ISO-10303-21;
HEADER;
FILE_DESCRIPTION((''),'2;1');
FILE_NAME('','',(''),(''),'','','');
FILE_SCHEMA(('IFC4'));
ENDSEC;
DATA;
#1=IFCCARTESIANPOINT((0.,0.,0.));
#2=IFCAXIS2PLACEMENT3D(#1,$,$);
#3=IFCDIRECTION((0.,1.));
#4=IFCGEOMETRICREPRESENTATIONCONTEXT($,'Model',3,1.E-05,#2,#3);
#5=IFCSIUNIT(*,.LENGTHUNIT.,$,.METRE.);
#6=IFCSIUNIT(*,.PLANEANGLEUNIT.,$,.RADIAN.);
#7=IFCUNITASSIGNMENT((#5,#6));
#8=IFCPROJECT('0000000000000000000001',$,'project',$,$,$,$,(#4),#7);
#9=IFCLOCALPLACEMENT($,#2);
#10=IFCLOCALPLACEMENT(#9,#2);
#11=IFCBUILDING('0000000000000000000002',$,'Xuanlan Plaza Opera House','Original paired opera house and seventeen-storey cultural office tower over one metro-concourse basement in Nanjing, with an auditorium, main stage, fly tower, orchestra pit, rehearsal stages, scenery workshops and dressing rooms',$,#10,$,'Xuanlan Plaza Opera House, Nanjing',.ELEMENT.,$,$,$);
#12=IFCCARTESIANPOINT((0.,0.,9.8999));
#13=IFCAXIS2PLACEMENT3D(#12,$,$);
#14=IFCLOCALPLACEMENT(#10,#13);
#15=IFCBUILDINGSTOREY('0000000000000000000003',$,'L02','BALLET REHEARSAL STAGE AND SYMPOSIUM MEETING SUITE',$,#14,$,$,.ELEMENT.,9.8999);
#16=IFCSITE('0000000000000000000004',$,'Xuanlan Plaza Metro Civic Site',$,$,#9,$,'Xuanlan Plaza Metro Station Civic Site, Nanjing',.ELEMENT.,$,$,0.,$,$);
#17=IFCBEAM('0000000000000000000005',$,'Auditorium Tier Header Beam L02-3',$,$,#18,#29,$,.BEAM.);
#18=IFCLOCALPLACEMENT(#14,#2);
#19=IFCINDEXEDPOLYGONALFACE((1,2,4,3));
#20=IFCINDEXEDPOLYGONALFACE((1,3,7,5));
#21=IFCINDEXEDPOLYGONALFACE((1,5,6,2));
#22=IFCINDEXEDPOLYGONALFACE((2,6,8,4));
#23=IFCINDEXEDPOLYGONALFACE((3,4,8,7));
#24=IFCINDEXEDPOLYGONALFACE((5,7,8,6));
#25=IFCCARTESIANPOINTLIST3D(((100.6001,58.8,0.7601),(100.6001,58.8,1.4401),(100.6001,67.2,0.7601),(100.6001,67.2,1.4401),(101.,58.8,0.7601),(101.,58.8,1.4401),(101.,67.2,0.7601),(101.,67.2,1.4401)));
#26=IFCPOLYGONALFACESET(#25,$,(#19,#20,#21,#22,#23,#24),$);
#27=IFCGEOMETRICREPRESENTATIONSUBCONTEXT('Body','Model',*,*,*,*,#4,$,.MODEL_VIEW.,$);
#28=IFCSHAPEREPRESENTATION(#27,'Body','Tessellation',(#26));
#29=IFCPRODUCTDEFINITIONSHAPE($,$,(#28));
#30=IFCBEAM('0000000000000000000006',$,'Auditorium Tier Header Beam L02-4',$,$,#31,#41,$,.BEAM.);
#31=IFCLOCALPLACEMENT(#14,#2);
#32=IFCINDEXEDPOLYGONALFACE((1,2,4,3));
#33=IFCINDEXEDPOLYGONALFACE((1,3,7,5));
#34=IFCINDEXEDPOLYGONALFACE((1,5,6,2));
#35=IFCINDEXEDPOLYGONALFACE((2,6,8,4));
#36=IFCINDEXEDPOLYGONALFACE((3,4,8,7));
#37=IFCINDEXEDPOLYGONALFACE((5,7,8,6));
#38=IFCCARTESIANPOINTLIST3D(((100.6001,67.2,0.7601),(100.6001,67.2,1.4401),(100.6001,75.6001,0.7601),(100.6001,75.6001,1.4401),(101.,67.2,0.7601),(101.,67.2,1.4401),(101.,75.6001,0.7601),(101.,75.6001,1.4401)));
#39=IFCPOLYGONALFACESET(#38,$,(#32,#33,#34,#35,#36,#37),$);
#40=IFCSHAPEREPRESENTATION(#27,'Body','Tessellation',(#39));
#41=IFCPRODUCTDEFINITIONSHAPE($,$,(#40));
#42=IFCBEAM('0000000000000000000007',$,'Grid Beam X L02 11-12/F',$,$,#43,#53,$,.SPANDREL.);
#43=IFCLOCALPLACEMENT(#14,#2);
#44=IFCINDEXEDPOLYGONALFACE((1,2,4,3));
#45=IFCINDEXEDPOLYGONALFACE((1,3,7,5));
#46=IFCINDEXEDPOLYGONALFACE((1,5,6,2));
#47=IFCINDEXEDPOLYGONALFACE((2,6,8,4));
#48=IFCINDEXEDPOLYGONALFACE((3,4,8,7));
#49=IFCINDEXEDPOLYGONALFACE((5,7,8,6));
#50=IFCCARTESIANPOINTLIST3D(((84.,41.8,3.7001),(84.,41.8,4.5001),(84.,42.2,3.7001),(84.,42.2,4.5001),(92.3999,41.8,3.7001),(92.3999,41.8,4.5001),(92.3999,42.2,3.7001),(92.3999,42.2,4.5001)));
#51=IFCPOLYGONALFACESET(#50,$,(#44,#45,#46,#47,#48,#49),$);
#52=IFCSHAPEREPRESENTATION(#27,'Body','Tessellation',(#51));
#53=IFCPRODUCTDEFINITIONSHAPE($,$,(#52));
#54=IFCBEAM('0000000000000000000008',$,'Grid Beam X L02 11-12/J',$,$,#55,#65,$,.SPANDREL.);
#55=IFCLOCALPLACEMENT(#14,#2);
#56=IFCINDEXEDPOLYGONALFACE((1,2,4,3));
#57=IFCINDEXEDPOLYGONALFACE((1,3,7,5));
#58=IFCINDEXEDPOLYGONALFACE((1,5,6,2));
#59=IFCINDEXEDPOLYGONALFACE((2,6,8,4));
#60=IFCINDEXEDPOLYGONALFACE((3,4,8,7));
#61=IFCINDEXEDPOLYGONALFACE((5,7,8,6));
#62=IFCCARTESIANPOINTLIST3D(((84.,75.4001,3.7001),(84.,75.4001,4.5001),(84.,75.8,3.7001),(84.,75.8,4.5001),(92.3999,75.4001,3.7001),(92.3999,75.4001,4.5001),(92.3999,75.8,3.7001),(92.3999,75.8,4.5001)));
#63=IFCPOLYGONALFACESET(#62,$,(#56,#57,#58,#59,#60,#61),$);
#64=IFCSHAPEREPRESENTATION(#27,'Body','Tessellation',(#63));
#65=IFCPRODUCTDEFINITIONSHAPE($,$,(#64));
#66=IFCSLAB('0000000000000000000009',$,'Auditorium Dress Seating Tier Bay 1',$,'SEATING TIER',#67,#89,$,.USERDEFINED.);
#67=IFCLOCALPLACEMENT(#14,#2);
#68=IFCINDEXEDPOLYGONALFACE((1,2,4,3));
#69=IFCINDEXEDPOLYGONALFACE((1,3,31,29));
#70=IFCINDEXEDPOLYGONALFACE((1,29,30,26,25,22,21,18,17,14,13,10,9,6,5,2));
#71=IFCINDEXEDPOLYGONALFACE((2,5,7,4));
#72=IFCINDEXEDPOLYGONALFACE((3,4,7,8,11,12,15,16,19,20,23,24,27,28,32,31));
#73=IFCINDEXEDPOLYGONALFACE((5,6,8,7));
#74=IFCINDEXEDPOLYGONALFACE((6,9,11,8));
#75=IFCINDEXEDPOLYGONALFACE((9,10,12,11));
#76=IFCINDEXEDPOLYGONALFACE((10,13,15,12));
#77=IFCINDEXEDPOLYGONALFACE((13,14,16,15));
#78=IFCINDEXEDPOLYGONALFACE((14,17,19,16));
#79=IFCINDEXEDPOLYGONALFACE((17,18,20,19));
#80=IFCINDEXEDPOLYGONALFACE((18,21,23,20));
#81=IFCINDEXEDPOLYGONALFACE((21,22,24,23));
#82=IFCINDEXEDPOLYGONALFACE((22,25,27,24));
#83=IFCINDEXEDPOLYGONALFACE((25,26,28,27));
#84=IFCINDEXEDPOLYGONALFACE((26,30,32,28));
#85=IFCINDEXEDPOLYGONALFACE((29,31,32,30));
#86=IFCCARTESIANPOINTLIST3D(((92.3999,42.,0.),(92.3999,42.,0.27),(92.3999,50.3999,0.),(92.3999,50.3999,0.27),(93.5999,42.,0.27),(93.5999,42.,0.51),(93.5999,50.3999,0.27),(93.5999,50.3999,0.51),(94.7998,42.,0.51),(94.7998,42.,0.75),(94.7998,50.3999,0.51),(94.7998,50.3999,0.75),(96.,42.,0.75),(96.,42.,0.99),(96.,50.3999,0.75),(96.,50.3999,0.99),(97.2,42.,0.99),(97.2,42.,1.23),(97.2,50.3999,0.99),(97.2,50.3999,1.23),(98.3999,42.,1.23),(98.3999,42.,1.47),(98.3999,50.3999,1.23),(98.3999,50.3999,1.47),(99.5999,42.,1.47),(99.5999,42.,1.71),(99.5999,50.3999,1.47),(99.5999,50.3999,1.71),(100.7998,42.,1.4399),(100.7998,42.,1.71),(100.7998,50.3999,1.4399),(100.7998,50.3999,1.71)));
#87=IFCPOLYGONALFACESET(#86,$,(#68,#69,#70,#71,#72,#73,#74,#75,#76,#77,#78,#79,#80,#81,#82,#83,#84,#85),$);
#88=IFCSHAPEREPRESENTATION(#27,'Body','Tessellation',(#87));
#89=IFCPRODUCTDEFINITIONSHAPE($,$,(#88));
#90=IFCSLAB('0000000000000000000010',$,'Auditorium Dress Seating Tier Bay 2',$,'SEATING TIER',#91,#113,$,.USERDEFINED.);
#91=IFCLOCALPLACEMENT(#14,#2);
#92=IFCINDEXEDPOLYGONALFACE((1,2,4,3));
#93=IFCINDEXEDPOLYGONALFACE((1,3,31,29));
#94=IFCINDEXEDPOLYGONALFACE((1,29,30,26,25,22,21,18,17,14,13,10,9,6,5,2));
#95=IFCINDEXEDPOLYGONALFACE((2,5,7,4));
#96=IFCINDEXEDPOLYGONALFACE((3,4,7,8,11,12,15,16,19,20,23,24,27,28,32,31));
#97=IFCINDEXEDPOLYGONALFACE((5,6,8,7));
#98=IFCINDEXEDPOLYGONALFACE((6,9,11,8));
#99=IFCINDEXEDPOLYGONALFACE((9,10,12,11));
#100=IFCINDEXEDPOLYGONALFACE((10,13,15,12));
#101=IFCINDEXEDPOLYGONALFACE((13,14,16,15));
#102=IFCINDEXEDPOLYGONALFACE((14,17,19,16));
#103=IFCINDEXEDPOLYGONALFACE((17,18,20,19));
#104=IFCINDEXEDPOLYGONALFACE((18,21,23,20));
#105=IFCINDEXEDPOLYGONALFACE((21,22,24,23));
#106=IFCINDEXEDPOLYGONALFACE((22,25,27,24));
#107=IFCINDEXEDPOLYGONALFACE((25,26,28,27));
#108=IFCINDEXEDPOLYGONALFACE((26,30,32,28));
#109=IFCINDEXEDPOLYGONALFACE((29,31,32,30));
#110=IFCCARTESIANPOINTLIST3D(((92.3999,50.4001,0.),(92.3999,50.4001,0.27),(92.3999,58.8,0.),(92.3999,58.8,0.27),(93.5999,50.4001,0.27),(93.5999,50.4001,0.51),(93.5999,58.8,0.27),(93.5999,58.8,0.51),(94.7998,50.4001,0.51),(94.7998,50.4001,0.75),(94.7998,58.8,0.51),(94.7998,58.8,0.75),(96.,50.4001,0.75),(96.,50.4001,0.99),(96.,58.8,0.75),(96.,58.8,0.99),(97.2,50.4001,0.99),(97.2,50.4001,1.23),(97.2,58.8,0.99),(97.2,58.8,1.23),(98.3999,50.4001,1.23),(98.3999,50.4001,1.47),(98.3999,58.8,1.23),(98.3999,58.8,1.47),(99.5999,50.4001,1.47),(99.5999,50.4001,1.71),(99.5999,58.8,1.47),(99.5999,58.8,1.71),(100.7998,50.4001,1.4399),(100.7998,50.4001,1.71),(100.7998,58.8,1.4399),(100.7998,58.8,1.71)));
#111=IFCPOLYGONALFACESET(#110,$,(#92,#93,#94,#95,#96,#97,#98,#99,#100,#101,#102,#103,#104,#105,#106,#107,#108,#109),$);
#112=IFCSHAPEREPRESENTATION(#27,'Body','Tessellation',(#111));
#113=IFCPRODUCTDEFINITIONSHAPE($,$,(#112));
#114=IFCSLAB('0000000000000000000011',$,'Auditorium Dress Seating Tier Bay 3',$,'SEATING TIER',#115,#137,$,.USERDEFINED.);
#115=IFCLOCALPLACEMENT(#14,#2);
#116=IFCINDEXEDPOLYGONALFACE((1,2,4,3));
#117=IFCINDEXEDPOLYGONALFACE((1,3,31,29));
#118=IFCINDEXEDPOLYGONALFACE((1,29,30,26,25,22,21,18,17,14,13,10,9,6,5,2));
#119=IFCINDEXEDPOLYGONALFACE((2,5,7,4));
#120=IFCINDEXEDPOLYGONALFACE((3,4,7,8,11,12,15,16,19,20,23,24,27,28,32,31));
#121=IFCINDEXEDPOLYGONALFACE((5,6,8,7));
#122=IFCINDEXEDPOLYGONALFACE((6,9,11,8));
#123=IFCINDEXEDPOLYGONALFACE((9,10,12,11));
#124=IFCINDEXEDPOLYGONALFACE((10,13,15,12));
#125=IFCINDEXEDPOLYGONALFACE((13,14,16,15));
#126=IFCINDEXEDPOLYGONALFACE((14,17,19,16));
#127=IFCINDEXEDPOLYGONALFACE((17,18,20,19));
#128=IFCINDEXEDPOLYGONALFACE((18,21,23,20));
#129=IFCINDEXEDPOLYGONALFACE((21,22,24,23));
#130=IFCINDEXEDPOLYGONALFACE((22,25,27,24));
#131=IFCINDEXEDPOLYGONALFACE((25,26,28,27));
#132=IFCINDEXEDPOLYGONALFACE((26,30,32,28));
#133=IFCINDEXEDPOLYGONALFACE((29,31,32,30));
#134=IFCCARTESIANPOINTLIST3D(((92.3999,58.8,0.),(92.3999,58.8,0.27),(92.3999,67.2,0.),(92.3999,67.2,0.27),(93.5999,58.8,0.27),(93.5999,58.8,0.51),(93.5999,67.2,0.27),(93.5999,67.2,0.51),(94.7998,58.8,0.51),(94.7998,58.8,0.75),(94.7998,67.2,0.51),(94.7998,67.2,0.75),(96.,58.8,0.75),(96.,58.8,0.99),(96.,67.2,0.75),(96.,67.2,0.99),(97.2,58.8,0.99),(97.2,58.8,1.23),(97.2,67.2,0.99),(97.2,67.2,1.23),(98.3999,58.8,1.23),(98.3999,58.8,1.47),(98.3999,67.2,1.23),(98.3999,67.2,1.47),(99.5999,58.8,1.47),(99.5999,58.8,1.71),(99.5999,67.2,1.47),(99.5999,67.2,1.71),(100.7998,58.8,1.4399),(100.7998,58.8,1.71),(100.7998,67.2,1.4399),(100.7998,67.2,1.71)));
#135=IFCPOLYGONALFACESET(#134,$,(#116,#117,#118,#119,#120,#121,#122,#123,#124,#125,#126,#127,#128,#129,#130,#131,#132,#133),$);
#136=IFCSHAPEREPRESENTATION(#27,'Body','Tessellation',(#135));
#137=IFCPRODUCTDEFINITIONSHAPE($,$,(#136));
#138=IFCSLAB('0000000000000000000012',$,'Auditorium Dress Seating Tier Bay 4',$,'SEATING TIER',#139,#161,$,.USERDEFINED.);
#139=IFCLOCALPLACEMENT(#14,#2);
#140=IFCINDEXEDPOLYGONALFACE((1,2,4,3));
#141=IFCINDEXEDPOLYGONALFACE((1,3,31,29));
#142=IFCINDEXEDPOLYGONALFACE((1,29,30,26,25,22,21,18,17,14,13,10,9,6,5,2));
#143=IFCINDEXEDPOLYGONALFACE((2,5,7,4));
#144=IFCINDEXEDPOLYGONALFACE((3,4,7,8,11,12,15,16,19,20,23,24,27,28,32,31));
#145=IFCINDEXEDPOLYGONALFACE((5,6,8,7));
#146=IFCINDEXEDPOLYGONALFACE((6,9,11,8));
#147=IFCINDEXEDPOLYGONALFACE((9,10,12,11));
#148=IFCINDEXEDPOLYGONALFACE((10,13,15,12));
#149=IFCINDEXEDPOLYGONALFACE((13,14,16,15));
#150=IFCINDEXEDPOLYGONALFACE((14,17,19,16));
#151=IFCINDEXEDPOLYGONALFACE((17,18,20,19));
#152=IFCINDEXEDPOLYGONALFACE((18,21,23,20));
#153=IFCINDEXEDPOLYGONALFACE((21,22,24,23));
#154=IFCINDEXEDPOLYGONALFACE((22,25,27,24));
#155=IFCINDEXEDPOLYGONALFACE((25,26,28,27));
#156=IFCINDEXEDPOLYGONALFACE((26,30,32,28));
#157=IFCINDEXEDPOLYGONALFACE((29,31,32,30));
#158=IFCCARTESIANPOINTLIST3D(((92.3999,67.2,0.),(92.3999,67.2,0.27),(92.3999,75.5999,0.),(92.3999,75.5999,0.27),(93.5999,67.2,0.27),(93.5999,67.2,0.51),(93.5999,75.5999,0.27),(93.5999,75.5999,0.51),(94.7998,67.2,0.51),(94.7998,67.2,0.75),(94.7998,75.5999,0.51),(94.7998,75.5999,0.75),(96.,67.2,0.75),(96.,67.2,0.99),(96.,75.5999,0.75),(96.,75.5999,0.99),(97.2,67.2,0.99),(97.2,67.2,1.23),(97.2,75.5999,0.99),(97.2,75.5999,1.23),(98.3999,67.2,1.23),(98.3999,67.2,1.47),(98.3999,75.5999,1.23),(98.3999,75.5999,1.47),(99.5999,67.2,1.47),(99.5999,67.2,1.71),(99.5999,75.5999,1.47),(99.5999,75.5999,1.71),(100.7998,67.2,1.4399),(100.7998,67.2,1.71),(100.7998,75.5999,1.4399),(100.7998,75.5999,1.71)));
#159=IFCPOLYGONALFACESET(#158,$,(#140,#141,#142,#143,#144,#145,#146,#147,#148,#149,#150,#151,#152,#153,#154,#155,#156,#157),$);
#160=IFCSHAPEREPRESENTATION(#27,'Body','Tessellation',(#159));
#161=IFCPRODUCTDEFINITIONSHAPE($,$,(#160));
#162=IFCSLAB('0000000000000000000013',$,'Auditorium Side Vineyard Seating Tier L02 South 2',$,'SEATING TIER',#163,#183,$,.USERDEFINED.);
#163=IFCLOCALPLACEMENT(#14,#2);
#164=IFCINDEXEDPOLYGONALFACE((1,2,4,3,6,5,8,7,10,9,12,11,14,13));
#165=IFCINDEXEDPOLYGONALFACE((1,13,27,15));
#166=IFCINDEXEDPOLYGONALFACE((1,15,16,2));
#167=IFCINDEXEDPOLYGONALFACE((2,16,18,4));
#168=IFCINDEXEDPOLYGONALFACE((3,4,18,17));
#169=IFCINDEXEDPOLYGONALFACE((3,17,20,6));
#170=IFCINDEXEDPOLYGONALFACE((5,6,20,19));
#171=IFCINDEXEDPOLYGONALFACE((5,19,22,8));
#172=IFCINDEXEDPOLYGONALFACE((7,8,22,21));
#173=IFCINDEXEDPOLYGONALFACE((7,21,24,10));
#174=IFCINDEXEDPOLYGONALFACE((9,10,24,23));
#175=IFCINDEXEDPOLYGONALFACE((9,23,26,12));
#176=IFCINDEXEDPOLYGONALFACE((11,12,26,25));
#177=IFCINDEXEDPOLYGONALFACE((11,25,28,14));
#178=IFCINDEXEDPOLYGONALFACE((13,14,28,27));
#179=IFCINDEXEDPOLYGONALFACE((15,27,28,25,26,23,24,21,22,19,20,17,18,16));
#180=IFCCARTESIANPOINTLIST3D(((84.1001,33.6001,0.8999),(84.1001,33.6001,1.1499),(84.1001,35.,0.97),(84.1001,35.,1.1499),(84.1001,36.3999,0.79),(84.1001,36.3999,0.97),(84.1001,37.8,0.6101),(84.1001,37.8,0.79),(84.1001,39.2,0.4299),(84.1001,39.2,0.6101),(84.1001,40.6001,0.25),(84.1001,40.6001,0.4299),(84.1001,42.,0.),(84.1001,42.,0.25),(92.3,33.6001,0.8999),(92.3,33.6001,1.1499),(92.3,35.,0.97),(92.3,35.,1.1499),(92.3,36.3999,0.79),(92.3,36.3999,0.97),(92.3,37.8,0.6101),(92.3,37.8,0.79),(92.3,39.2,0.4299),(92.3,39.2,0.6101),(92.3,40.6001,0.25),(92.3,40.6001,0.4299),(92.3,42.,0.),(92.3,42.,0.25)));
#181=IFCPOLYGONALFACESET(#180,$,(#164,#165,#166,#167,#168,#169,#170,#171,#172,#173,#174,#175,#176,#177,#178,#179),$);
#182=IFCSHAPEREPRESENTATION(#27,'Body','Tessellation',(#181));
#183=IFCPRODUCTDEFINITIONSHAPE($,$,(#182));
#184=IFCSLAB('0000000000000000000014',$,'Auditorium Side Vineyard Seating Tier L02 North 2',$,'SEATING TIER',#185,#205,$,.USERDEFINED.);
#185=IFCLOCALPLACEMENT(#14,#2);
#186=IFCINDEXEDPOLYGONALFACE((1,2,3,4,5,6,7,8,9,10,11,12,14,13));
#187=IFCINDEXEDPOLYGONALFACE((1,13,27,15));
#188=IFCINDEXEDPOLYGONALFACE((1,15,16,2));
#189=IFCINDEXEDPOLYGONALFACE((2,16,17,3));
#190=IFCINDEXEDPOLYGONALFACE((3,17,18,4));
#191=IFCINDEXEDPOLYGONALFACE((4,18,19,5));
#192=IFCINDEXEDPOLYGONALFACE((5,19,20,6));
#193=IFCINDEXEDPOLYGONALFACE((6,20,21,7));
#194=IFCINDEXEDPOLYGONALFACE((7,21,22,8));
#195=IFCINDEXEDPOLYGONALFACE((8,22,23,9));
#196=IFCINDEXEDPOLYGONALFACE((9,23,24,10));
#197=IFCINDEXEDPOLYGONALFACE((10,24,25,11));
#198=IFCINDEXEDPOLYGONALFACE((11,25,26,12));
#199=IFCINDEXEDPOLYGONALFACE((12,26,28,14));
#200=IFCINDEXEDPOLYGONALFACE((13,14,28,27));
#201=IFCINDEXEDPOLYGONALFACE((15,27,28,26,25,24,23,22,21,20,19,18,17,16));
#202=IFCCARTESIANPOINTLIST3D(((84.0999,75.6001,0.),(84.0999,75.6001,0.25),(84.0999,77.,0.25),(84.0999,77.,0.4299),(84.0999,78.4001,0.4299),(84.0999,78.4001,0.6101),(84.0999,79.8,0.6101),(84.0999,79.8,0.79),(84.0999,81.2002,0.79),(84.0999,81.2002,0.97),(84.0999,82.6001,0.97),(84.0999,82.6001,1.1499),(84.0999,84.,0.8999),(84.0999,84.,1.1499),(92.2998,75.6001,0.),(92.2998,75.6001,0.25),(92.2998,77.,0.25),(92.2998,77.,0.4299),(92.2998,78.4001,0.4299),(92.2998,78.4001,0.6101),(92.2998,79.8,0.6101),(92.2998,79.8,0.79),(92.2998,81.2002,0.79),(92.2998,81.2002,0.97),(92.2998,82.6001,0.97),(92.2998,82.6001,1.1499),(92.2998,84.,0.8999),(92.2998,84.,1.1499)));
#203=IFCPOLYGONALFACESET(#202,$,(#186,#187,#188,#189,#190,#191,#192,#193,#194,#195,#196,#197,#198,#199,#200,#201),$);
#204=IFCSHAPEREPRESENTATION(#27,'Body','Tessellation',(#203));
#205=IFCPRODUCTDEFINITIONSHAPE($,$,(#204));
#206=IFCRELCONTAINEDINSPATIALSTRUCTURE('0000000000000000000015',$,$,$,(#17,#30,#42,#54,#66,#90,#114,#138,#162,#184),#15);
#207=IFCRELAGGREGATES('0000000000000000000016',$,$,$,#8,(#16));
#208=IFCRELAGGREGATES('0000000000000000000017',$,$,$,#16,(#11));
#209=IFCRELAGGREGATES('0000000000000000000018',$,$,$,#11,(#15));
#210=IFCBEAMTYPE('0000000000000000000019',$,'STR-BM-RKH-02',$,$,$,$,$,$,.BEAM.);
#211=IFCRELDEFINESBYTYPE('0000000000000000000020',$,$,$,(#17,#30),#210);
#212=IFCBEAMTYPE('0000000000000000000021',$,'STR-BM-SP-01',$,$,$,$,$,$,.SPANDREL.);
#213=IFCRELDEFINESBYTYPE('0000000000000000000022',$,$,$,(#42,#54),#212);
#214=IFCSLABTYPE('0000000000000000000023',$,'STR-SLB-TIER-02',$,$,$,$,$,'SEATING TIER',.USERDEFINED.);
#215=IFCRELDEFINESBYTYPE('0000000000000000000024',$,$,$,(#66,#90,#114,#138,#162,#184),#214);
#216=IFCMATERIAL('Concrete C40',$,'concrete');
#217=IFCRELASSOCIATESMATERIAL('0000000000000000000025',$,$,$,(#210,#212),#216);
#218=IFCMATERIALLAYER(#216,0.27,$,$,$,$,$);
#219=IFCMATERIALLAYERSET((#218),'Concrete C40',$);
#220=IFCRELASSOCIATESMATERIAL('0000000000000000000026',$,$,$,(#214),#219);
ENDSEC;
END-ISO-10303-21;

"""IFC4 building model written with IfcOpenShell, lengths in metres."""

from ifc_helpers import new_model, si_unit, direction, frame, origin, origin_2d, place, context, subcontext, project, spatial, polyline, rectangle, outline, extrude, material, layer, layer_set, material_profile, profile_set, type_object, element, save


model = new_model("IFC4")

# Units and contexts
model_context = context("Model", 3, precision=1e-05, world=origin(), true_north=direction((0.0, 1.0)))
body_context = subcontext(model_context, "Body", "Model", "MODEL_VIEW")
ifc_project = project(units=[si_unit("LENGTHUNIT", "METRE"), si_unit("PLANEANGLEUNIT", "RADIAN")], contexts=[model_context])

# Site, building, storey
site_placement = place(None, origin())
site = spatial("IfcSite", under=ifc_project, at=site_placement, Name="Xuanlan Plaza Metro Civic Site", LongName="Xuanlan Plaza Metro Station Civic Site, Nanjing", CompositionType="ELEMENT", RefElevation=0.0)
building_placement = place(site_placement, origin())
building = spatial("IfcBuilding", under=site, at=building_placement, Name="Xuanlan Plaza Opera House", Description="Original paired opera house and seventeen-storey cultural office tower over one metro-concourse basement in Nanjing, with an auditorium, main stage, fly tower, orchestra pit, rehearsal stages, scenery workshops and dressing rooms", LongName="Xuanlan Plaza Opera House, Nanjing", CompositionType="ELEMENT")
storey_placement = place(building_placement, frame((0.0, 0.0, 9.8999)))
storey = spatial("IfcBuildingStorey", under=building, at=storey_placement, Name="L02", Description="BALLET REHEARSAL STAGE AND SYMPOSIUM MEETING SUITE", CompositionType="ELEMENT", Elevation=9.8999)

# Beams
ifc_material_1 = material(Name="Concrete C40", Category="concrete")
ifc_material_profile_1 = material_profile(ifc_material_1, rectangle(XDim=0.3999, YDim=0.6799, at=origin_2d()), Name="RC-RKR 400x680")
ifc_profile_set_1 = profile_set([ifc_material_profile_1], Name="Concrete C40")
beam_type_1 = type_object("IfcBeamType", Name="STR-BM-RKH-02", PredefinedType="BEAM", material=ifc_profile_set_1)
beam_1_placement = place(storey_placement, frame((100.8, 58.8, 1.1001), z_axis=(0.0, 1.0, 0.0), x_axis=(-1.0, 0.0, 0.0)))
element("IfcBeam", 1, at=beam_1_placement, inside=storey, type_object=beam_type_1, Name="Auditorium Tier Header Beam L02-3", PredefinedType="BEAM", context=body_context, shape_type="SweptSolid", body=[
    extrude(rectangle(XDim=0.3999, YDim=0.6799, at=origin_2d()), origin(), (0.0, 0.0, 1.0), 8.3999),
])
beam_2_placement = place(storey_placement, frame((100.8, 67.2, 1.1001), z_axis=(0.0, 1.0, 0.0), x_axis=(-1.0, 0.0, 0.0)))
element("IfcBeam", 2, at=beam_2_placement, inside=storey, type_object=beam_type_1, Name="Auditorium Tier Header Beam L02-4", PredefinedType="BEAM", context=body_context, shape_type="SweptSolid", body=[
    extrude(rectangle(XDim=0.3999, YDim=0.6799, at=origin_2d()), origin(), (0.0, 0.0, 1.0), 8.4001),
])
ifc_material_profile_2 = material_profile(ifc_material_1, rectangle(XDim=0.3999, YDim=0.8, at=origin_2d()), Name="RC-SPD 400x800")
ifc_profile_set_2 = profile_set([ifc_material_profile_2], Name="Concrete C40")
beam_type_2 = type_object("IfcBeamType", Name="STR-BM-SP-01", PredefinedType="SPANDREL", material=ifc_profile_set_2)
for number, where, z_axis, x_axis, name in (
    (3, (84.0, 42.0, 4.1001), (1.0, 0.0, 0.0), (0.0, 1.0, 0.0), "Grid Beam X L02 11-12/F"),
    (4, (84.0, 75.6001, 4.1001), (1.0, 0.0, 0.0), (0.0, 1.0, 0.0), "Grid Beam X L02 11-12/J"),
):
    element("IfcBeam", number, at=place(storey_placement, frame(where, z_axis=z_axis, x_axis=x_axis)), inside=storey, type_object=beam_type_2, Name=name, PredefinedType="SPANDREL", context=body_context, shape_type="SweptSolid", body=[
        extrude(rectangle(XDim=0.3999, YDim=0.8, at=origin_2d()), origin(), (0.0, 0.0, 1.0), 8.3999),
    ])

# Slabs
ifc_layer = layer(ifc_material_1, 0.27)
ifc_layer_set = layer_set([ifc_layer], Name="Concrete C40")
slab_type = type_object("IfcSlabType", Name="STR-SLB-TIER-02", ElementType="SEATING TIER", PredefinedType="USERDEFINED", material=ifc_layer_set)
for number, where, z_axis, x_axis, name in (
    (5, (92.3999, 46.2, 0.0), (0.0, 0.0, 1.0), (1.0, 0.0, 0.0), "Auditorium Dress Seating Tier Bay 1"),
    (6, (92.3999, 54.6001, 0.0), (0.0, 0.0, 1.0), (1.0, 0.0, 0.0), "Auditorium Dress Seating Tier Bay 2"),
    (7, (92.3999, 63.0, 0.0), (0.0, 0.0, 1.0), (1.0, 0.0, 0.0), "Auditorium Dress Seating Tier Bay 3"),
    (8, (92.3999, 71.3999, 0.0), (0.0, 0.0, 1.0), (1.0, 0.0, 0.0), "Auditorium Dress Seating Tier Bay 4"),
):
    element("IfcSlab", number, at=place(storey_placement, frame(where, z_axis=z_axis, x_axis=x_axis)), inside=storey, type_object=slab_type, Name=name, ObjectType="SEATING TIER", PredefinedType="USERDEFINED", context=body_context, shape_type="SweptSolid", body=[
        extrude(outline(polyline([(0.0, 0.0), (0.0, 0.27), (1.2, 0.27), (1.2, 0.51), (2.3999, 0.51), (2.3999, 0.75), (3.6001, 0.75), (3.6001, 0.99), (4.8, 0.99), (4.8, 1.23), (6.0, 1.23), (6.0, 1.47), (7.2, 1.47), (7.2, 1.71), (8.3999, 1.71), (8.3999, 1.4399), (0.0, 0.0)])), frame((0.0, 4.2, 0.0), z_axis=(0.0, -1.0, 0.0), x_axis=(1.0, 0.0, 0.0)), (0.0, 0.0, 1.0), 8.3999),
    ])
for number, where, z_axis, x_axis, name in (
    (9, (88.2, 42.0, 0.0), (0.0, 0.0, 1.0), (0.0, -1.0, 0.0), "Auditorium Side Vineyard Seating Tier L02 South 2"),
    (10, (88.2, 75.6001, 0.0), (0.0, 0.0, 1.0), (0.0, 1.0, 0.0), "Auditorium Side Vineyard Seating Tier L02 North 2"),
):
    element("IfcSlab", number, at=place(storey_placement, frame(where, z_axis=z_axis, x_axis=x_axis)), inside=storey, type_object=slab_type, Name=name, ObjectType="SEATING TIER", PredefinedType="USERDEFINED", context=body_context, shape_type="SweptSolid", body=[
        extrude(outline(polyline([(0.0, 0.0), (0.0, 0.25), (1.3999, 0.25), (1.3999, 0.4299), (2.8, 0.4299), (2.8, 0.6101), (4.2, 0.6101), (4.2, 0.79), (5.6001, 0.79), (5.6001, 0.97), (7.0, 0.97), (7.0, 1.1499), (8.3999, 1.1499), (8.3999, 0.8999), (0.0, 0.0)])), frame((0.0, 4.1001, 0.0), z_axis=(0.0, -1.0, 0.0), x_axis=(1.0, 0.0, 0.0)), (0.0, 0.0, 1.0), 8.2),
    ])

save(model, "model.ifc")
